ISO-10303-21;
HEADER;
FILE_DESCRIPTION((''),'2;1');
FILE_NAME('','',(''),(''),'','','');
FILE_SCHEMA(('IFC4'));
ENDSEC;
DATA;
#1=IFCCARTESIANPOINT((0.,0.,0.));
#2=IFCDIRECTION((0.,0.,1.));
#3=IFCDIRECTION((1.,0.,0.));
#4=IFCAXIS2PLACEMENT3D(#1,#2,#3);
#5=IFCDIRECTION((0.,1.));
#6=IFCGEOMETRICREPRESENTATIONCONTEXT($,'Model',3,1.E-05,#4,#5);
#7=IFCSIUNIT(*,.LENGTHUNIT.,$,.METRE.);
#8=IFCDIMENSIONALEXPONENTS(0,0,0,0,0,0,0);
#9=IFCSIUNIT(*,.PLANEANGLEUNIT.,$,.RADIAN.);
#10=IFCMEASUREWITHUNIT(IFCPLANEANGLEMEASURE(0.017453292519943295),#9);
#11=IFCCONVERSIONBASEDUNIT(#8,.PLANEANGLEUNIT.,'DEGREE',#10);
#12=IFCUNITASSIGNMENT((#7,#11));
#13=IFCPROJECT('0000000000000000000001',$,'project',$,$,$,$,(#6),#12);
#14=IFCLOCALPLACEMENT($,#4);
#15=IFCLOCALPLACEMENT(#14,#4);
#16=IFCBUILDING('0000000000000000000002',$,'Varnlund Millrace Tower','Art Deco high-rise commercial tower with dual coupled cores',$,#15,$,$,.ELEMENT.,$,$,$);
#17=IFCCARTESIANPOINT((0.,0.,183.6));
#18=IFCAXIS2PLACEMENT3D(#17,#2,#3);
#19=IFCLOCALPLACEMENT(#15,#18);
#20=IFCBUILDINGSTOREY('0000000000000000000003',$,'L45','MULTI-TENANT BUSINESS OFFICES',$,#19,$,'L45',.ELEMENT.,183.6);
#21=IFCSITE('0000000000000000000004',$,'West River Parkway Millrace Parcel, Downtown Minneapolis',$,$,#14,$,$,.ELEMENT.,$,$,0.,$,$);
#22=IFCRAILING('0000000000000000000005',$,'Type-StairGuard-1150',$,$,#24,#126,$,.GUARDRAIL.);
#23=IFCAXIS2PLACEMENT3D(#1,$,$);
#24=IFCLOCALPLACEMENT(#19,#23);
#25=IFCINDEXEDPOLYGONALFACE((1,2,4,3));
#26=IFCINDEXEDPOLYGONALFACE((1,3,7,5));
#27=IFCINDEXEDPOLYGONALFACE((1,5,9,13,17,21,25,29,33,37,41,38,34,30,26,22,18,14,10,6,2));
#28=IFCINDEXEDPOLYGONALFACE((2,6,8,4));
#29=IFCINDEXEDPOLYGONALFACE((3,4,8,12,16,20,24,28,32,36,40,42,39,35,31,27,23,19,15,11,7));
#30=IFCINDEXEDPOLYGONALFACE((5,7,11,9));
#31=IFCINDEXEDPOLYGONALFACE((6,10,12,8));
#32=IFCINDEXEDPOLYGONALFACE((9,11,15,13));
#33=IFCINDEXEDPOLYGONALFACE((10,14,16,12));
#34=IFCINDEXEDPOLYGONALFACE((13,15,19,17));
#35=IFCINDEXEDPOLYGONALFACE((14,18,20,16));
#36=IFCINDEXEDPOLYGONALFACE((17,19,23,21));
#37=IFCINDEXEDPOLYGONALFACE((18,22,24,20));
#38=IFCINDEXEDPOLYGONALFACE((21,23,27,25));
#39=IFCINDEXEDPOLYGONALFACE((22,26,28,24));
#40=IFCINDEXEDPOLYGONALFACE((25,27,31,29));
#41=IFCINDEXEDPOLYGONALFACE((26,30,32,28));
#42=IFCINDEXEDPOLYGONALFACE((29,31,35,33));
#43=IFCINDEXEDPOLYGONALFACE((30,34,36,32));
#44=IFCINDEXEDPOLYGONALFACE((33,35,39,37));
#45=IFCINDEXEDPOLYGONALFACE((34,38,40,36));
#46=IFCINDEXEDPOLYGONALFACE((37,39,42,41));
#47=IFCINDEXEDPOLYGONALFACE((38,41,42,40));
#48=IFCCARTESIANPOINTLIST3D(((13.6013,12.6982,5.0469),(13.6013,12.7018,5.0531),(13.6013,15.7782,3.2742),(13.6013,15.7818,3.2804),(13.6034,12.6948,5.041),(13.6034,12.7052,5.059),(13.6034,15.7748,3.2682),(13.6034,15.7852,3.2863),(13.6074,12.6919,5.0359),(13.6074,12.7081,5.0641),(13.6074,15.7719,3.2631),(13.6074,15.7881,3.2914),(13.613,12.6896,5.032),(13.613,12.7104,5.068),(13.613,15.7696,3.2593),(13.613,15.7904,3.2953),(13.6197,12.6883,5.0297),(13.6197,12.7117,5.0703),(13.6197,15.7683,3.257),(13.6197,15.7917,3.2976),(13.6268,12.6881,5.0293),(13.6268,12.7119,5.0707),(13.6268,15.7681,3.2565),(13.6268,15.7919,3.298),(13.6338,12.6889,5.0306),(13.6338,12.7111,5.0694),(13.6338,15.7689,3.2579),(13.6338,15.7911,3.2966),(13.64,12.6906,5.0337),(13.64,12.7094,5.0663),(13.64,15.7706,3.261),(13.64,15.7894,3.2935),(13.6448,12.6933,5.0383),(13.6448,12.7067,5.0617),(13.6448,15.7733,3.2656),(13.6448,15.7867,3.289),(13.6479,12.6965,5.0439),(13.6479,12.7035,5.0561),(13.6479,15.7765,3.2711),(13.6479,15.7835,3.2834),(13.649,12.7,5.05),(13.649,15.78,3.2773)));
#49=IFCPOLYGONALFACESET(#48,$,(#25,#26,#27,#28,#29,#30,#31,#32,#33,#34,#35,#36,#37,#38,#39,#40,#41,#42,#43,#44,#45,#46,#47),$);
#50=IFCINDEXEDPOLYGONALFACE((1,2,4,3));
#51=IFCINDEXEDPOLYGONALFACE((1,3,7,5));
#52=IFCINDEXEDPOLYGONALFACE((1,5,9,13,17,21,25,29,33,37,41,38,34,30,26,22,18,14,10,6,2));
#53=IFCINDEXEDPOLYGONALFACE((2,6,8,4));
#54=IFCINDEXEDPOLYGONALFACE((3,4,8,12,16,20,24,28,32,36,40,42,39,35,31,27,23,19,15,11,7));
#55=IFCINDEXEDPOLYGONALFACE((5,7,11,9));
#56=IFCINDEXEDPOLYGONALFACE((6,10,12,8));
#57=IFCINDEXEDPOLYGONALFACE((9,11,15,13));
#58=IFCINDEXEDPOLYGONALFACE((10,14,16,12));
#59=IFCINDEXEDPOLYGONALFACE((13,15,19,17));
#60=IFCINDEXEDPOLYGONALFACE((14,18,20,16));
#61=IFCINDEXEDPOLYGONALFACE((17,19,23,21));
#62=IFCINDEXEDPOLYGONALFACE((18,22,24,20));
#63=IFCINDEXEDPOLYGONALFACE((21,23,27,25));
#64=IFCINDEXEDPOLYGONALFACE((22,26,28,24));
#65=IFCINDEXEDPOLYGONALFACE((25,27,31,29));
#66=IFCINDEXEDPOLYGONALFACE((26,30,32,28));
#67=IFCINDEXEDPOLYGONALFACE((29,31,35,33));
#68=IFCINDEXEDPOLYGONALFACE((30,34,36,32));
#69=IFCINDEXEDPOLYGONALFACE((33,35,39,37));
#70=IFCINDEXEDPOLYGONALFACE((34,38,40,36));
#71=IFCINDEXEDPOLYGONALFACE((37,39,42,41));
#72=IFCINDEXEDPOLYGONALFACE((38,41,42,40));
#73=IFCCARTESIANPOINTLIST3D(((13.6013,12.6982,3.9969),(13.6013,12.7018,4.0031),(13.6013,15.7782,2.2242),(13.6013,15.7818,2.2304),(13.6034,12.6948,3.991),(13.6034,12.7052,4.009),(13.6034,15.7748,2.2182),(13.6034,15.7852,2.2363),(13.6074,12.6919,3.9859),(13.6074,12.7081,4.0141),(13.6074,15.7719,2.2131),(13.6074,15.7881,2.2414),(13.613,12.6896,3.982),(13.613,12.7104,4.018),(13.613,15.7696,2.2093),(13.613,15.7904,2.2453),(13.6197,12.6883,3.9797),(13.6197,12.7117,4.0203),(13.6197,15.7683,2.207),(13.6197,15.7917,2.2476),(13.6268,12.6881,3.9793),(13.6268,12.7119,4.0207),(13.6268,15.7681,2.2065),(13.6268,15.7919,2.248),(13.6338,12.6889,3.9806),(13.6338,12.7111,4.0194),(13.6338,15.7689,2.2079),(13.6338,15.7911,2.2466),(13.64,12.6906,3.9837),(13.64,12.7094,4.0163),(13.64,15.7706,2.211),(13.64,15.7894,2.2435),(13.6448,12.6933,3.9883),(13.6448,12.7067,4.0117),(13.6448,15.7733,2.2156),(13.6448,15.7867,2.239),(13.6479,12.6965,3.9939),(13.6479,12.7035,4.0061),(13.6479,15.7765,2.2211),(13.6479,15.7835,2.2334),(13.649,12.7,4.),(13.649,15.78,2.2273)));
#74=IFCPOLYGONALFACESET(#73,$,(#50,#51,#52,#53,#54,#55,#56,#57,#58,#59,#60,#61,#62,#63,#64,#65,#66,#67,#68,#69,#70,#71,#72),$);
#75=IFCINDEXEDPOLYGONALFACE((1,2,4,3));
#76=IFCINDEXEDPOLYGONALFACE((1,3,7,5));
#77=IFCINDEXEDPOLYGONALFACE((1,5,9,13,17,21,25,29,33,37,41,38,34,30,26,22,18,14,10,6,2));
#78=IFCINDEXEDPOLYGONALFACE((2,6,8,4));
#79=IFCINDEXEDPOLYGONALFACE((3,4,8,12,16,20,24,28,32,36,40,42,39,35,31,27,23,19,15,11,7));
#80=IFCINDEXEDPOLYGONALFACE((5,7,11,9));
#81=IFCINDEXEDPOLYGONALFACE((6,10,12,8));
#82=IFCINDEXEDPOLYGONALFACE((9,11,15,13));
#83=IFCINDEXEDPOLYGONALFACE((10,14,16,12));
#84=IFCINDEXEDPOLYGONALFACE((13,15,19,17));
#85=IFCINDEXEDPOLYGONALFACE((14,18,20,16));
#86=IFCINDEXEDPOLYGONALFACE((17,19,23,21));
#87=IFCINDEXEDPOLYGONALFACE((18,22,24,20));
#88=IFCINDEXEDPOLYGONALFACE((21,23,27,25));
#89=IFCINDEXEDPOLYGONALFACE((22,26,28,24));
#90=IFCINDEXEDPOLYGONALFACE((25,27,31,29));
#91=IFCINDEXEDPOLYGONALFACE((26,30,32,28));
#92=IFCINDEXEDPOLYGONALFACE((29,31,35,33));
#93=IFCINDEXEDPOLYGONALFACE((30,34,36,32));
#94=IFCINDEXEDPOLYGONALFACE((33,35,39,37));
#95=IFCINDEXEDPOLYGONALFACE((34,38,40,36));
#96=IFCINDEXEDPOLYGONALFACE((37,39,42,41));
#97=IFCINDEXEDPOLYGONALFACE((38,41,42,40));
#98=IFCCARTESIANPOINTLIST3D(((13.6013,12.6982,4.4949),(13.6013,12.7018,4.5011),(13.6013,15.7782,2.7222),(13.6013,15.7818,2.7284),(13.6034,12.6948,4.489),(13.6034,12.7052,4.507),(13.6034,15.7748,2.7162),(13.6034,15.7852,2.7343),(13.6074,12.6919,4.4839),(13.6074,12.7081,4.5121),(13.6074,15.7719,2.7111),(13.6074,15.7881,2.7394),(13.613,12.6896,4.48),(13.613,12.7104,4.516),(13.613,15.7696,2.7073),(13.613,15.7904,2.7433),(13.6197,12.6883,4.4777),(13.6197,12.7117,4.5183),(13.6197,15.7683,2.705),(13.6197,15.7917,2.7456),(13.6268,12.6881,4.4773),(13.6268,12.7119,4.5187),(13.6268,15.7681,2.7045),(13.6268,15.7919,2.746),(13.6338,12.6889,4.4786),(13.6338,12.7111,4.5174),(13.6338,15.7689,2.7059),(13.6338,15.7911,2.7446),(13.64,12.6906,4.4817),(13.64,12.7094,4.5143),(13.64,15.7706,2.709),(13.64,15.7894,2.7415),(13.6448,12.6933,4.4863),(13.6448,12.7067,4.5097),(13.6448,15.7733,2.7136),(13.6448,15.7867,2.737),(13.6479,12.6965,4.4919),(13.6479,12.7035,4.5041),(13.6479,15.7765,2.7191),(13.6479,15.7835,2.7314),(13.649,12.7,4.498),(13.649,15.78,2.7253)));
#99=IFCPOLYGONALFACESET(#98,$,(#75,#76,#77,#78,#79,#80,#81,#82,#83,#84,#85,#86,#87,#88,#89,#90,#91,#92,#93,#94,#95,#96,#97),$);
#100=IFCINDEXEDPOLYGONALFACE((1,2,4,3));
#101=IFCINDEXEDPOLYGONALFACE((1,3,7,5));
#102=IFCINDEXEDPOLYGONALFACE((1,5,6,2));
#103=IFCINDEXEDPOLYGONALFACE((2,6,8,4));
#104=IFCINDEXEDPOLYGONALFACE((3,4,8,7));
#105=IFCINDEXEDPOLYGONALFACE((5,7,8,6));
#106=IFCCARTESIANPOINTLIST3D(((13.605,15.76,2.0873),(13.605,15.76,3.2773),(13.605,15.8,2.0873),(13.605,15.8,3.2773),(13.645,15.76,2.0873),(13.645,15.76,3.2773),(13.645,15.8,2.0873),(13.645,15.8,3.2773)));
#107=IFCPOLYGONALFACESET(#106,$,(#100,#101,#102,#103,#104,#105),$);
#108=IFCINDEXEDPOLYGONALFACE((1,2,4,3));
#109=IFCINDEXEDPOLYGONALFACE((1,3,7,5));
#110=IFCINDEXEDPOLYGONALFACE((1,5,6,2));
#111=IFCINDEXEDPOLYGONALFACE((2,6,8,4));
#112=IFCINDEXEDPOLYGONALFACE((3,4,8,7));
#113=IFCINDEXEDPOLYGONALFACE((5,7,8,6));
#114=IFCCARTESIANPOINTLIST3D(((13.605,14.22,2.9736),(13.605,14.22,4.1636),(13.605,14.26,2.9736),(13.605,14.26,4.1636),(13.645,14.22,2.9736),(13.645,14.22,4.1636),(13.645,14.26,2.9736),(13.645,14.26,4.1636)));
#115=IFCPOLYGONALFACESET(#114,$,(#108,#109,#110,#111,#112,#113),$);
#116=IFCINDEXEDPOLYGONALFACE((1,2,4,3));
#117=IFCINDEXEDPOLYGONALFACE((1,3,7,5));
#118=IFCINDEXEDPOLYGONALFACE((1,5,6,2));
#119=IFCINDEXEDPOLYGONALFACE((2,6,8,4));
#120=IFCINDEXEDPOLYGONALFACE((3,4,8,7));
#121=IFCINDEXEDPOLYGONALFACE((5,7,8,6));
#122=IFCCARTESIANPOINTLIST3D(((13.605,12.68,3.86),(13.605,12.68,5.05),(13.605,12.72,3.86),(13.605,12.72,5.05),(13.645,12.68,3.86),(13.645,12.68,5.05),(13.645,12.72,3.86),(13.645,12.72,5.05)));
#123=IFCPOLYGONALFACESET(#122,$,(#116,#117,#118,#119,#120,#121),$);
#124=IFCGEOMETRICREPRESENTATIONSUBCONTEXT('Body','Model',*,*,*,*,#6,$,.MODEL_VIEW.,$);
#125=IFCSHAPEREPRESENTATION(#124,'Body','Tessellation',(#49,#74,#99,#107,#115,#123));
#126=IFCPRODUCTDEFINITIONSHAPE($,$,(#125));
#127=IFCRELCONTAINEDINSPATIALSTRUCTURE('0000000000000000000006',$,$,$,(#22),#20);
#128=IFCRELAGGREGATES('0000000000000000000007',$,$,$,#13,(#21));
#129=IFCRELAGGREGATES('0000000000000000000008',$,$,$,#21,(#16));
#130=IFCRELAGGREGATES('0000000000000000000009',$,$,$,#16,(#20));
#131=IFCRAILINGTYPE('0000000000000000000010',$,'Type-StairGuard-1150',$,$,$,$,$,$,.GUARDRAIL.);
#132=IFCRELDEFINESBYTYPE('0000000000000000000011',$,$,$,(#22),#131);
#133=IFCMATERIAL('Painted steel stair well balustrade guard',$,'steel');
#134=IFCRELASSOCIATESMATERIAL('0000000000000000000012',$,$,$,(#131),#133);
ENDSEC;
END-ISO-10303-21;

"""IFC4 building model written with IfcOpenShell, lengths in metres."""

from ifc_helpers import new_model, entity, si_unit, converted_unit, direction, frame, origin_with_axes, origin_2d_with_axis, place, context, subcontext, project, spatial, rectangle, circle, extrude, material, type_object, element, save


model = new_model("IFC4")

# Units and contexts
model_context = context("Model", 3, precision=1e-05, world=origin_with_axes(), true_north=direction((0.0, 1.0)))
body_context = subcontext(model_context, "Body", "Model", "MODEL_VIEW")
ifc_project = project(units=[si_unit("LENGTHUNIT", "METRE"), converted_unit("PLANEANGLEUNIT", "DEGREE", entity("IfcPlaneAngleMeasure", 0.017453292519943295), si_unit("PLANEANGLEUNIT", "RADIAN"), dimensions=[0, 0, 0, 0, 0, 0, 0])], contexts=[model_context])

# Site, building, storey
site_placement = place(None, origin_with_axes())
site = spatial("IfcSite", under=ifc_project, at=site_placement, Name="West River Parkway Millrace Parcel, Downtown Minneapolis", CompositionType="ELEMENT", RefElevation=0.0)
building_placement = place(site_placement, origin_with_axes())
building = spatial("IfcBuilding", under=site, at=building_placement, Name="Varnlund Millrace Tower", Description="Art Deco high-rise commercial tower with dual coupled cores", CompositionType="ELEMENT")
storey_placement = place(building_placement, frame((0.0, 0.0, 183.6), z_axis=(0.0, 0.0, 1.0), x_axis=(1.0, 0.0, 0.0)))
storey = spatial("IfcBuildingStorey", under=building, at=storey_placement, Name="L45", Description="MULTI-TENANT BUSINESS OFFICES", LongName="L45", CompositionType="ELEMENT", Elevation=183.6)

# Railing
ifc_material_1 = material(Name="Painted steel stair well balustrade guard", Category="steel")
railing_type_1 = type_object("IfcRailingType", Name="Type-StairGuard-1150", PredefinedType="GUARDRAIL", material=ifc_material_1)
railing_1_placement = place(storey_placement, frame((0.0, 0.0, -183.6), z_axis=(0.0, 0.0, 1.0), x_axis=(1.0, 0.0, 0.0)))
element("IfcRailing", 1, at=railing_1_placement, inside=storey, type_object=railing_type_1, Name="Type-StairGuard-1150", PredefinedType="GUARDRAIL", context=body_context, shape_type="SweptSolid", body=[
    extrude(circle(Radius=0.024, at=origin_2d_with_axis()), frame((13.625, 15.78, 186.8773), z_axis=(0.0, -0.866696, 0.498836), x_axis=(1.0, 0.0, 0.0)), (0.0, 0.0, 1.0), 3.5537),
    extrude(circle(Radius=0.024, at=origin_2d_with_axis()), frame((13.625, 15.78, 185.8273), z_axis=(0.0, -0.866696, 0.498836), x_axis=(1.0, 0.0, 0.0)), (0.0, 0.0, 1.0), 3.5537),
    extrude(circle(Radius=0.024, at=origin_2d_with_axis()), frame((13.625, 15.78, 186.3253), z_axis=(0.0, -0.866696, 0.498836), x_axis=(1.0, 0.0, 0.0)), (0.0, 0.0, 1.0), 3.5537),
    extrude(rectangle(XDim=0.04, YDim=0.04, at=origin_2d_with_axis()), frame((13.625, 15.78, 185.6873), z_axis=(0.0, 0.0, 1.0), x_axis=(1.0, 0.0, 0.0)), (0.0, 0.0, 1.0), 1.19),
    extrude(rectangle(XDim=0.04, YDim=0.04, at=origin_2d_with_axis()), frame((13.625, 14.24, 186.5736), z_axis=(0.0, 0.0, 1.0), x_axis=(1.0, 0.0, 0.0)), (0.0, 0.0, 1.0), 1.19),
    extrude(rectangle(XDim=0.04, YDim=0.04, at=origin_2d_with_axis()), frame((13.625, 12.7, 187.46), z_axis=(0.0, 0.0, 1.0), x_axis=(1.0, 0.0, 0.0)), (0.0, 0.0, 1.0), 1.19),
])

save(model, "model.ifc")
